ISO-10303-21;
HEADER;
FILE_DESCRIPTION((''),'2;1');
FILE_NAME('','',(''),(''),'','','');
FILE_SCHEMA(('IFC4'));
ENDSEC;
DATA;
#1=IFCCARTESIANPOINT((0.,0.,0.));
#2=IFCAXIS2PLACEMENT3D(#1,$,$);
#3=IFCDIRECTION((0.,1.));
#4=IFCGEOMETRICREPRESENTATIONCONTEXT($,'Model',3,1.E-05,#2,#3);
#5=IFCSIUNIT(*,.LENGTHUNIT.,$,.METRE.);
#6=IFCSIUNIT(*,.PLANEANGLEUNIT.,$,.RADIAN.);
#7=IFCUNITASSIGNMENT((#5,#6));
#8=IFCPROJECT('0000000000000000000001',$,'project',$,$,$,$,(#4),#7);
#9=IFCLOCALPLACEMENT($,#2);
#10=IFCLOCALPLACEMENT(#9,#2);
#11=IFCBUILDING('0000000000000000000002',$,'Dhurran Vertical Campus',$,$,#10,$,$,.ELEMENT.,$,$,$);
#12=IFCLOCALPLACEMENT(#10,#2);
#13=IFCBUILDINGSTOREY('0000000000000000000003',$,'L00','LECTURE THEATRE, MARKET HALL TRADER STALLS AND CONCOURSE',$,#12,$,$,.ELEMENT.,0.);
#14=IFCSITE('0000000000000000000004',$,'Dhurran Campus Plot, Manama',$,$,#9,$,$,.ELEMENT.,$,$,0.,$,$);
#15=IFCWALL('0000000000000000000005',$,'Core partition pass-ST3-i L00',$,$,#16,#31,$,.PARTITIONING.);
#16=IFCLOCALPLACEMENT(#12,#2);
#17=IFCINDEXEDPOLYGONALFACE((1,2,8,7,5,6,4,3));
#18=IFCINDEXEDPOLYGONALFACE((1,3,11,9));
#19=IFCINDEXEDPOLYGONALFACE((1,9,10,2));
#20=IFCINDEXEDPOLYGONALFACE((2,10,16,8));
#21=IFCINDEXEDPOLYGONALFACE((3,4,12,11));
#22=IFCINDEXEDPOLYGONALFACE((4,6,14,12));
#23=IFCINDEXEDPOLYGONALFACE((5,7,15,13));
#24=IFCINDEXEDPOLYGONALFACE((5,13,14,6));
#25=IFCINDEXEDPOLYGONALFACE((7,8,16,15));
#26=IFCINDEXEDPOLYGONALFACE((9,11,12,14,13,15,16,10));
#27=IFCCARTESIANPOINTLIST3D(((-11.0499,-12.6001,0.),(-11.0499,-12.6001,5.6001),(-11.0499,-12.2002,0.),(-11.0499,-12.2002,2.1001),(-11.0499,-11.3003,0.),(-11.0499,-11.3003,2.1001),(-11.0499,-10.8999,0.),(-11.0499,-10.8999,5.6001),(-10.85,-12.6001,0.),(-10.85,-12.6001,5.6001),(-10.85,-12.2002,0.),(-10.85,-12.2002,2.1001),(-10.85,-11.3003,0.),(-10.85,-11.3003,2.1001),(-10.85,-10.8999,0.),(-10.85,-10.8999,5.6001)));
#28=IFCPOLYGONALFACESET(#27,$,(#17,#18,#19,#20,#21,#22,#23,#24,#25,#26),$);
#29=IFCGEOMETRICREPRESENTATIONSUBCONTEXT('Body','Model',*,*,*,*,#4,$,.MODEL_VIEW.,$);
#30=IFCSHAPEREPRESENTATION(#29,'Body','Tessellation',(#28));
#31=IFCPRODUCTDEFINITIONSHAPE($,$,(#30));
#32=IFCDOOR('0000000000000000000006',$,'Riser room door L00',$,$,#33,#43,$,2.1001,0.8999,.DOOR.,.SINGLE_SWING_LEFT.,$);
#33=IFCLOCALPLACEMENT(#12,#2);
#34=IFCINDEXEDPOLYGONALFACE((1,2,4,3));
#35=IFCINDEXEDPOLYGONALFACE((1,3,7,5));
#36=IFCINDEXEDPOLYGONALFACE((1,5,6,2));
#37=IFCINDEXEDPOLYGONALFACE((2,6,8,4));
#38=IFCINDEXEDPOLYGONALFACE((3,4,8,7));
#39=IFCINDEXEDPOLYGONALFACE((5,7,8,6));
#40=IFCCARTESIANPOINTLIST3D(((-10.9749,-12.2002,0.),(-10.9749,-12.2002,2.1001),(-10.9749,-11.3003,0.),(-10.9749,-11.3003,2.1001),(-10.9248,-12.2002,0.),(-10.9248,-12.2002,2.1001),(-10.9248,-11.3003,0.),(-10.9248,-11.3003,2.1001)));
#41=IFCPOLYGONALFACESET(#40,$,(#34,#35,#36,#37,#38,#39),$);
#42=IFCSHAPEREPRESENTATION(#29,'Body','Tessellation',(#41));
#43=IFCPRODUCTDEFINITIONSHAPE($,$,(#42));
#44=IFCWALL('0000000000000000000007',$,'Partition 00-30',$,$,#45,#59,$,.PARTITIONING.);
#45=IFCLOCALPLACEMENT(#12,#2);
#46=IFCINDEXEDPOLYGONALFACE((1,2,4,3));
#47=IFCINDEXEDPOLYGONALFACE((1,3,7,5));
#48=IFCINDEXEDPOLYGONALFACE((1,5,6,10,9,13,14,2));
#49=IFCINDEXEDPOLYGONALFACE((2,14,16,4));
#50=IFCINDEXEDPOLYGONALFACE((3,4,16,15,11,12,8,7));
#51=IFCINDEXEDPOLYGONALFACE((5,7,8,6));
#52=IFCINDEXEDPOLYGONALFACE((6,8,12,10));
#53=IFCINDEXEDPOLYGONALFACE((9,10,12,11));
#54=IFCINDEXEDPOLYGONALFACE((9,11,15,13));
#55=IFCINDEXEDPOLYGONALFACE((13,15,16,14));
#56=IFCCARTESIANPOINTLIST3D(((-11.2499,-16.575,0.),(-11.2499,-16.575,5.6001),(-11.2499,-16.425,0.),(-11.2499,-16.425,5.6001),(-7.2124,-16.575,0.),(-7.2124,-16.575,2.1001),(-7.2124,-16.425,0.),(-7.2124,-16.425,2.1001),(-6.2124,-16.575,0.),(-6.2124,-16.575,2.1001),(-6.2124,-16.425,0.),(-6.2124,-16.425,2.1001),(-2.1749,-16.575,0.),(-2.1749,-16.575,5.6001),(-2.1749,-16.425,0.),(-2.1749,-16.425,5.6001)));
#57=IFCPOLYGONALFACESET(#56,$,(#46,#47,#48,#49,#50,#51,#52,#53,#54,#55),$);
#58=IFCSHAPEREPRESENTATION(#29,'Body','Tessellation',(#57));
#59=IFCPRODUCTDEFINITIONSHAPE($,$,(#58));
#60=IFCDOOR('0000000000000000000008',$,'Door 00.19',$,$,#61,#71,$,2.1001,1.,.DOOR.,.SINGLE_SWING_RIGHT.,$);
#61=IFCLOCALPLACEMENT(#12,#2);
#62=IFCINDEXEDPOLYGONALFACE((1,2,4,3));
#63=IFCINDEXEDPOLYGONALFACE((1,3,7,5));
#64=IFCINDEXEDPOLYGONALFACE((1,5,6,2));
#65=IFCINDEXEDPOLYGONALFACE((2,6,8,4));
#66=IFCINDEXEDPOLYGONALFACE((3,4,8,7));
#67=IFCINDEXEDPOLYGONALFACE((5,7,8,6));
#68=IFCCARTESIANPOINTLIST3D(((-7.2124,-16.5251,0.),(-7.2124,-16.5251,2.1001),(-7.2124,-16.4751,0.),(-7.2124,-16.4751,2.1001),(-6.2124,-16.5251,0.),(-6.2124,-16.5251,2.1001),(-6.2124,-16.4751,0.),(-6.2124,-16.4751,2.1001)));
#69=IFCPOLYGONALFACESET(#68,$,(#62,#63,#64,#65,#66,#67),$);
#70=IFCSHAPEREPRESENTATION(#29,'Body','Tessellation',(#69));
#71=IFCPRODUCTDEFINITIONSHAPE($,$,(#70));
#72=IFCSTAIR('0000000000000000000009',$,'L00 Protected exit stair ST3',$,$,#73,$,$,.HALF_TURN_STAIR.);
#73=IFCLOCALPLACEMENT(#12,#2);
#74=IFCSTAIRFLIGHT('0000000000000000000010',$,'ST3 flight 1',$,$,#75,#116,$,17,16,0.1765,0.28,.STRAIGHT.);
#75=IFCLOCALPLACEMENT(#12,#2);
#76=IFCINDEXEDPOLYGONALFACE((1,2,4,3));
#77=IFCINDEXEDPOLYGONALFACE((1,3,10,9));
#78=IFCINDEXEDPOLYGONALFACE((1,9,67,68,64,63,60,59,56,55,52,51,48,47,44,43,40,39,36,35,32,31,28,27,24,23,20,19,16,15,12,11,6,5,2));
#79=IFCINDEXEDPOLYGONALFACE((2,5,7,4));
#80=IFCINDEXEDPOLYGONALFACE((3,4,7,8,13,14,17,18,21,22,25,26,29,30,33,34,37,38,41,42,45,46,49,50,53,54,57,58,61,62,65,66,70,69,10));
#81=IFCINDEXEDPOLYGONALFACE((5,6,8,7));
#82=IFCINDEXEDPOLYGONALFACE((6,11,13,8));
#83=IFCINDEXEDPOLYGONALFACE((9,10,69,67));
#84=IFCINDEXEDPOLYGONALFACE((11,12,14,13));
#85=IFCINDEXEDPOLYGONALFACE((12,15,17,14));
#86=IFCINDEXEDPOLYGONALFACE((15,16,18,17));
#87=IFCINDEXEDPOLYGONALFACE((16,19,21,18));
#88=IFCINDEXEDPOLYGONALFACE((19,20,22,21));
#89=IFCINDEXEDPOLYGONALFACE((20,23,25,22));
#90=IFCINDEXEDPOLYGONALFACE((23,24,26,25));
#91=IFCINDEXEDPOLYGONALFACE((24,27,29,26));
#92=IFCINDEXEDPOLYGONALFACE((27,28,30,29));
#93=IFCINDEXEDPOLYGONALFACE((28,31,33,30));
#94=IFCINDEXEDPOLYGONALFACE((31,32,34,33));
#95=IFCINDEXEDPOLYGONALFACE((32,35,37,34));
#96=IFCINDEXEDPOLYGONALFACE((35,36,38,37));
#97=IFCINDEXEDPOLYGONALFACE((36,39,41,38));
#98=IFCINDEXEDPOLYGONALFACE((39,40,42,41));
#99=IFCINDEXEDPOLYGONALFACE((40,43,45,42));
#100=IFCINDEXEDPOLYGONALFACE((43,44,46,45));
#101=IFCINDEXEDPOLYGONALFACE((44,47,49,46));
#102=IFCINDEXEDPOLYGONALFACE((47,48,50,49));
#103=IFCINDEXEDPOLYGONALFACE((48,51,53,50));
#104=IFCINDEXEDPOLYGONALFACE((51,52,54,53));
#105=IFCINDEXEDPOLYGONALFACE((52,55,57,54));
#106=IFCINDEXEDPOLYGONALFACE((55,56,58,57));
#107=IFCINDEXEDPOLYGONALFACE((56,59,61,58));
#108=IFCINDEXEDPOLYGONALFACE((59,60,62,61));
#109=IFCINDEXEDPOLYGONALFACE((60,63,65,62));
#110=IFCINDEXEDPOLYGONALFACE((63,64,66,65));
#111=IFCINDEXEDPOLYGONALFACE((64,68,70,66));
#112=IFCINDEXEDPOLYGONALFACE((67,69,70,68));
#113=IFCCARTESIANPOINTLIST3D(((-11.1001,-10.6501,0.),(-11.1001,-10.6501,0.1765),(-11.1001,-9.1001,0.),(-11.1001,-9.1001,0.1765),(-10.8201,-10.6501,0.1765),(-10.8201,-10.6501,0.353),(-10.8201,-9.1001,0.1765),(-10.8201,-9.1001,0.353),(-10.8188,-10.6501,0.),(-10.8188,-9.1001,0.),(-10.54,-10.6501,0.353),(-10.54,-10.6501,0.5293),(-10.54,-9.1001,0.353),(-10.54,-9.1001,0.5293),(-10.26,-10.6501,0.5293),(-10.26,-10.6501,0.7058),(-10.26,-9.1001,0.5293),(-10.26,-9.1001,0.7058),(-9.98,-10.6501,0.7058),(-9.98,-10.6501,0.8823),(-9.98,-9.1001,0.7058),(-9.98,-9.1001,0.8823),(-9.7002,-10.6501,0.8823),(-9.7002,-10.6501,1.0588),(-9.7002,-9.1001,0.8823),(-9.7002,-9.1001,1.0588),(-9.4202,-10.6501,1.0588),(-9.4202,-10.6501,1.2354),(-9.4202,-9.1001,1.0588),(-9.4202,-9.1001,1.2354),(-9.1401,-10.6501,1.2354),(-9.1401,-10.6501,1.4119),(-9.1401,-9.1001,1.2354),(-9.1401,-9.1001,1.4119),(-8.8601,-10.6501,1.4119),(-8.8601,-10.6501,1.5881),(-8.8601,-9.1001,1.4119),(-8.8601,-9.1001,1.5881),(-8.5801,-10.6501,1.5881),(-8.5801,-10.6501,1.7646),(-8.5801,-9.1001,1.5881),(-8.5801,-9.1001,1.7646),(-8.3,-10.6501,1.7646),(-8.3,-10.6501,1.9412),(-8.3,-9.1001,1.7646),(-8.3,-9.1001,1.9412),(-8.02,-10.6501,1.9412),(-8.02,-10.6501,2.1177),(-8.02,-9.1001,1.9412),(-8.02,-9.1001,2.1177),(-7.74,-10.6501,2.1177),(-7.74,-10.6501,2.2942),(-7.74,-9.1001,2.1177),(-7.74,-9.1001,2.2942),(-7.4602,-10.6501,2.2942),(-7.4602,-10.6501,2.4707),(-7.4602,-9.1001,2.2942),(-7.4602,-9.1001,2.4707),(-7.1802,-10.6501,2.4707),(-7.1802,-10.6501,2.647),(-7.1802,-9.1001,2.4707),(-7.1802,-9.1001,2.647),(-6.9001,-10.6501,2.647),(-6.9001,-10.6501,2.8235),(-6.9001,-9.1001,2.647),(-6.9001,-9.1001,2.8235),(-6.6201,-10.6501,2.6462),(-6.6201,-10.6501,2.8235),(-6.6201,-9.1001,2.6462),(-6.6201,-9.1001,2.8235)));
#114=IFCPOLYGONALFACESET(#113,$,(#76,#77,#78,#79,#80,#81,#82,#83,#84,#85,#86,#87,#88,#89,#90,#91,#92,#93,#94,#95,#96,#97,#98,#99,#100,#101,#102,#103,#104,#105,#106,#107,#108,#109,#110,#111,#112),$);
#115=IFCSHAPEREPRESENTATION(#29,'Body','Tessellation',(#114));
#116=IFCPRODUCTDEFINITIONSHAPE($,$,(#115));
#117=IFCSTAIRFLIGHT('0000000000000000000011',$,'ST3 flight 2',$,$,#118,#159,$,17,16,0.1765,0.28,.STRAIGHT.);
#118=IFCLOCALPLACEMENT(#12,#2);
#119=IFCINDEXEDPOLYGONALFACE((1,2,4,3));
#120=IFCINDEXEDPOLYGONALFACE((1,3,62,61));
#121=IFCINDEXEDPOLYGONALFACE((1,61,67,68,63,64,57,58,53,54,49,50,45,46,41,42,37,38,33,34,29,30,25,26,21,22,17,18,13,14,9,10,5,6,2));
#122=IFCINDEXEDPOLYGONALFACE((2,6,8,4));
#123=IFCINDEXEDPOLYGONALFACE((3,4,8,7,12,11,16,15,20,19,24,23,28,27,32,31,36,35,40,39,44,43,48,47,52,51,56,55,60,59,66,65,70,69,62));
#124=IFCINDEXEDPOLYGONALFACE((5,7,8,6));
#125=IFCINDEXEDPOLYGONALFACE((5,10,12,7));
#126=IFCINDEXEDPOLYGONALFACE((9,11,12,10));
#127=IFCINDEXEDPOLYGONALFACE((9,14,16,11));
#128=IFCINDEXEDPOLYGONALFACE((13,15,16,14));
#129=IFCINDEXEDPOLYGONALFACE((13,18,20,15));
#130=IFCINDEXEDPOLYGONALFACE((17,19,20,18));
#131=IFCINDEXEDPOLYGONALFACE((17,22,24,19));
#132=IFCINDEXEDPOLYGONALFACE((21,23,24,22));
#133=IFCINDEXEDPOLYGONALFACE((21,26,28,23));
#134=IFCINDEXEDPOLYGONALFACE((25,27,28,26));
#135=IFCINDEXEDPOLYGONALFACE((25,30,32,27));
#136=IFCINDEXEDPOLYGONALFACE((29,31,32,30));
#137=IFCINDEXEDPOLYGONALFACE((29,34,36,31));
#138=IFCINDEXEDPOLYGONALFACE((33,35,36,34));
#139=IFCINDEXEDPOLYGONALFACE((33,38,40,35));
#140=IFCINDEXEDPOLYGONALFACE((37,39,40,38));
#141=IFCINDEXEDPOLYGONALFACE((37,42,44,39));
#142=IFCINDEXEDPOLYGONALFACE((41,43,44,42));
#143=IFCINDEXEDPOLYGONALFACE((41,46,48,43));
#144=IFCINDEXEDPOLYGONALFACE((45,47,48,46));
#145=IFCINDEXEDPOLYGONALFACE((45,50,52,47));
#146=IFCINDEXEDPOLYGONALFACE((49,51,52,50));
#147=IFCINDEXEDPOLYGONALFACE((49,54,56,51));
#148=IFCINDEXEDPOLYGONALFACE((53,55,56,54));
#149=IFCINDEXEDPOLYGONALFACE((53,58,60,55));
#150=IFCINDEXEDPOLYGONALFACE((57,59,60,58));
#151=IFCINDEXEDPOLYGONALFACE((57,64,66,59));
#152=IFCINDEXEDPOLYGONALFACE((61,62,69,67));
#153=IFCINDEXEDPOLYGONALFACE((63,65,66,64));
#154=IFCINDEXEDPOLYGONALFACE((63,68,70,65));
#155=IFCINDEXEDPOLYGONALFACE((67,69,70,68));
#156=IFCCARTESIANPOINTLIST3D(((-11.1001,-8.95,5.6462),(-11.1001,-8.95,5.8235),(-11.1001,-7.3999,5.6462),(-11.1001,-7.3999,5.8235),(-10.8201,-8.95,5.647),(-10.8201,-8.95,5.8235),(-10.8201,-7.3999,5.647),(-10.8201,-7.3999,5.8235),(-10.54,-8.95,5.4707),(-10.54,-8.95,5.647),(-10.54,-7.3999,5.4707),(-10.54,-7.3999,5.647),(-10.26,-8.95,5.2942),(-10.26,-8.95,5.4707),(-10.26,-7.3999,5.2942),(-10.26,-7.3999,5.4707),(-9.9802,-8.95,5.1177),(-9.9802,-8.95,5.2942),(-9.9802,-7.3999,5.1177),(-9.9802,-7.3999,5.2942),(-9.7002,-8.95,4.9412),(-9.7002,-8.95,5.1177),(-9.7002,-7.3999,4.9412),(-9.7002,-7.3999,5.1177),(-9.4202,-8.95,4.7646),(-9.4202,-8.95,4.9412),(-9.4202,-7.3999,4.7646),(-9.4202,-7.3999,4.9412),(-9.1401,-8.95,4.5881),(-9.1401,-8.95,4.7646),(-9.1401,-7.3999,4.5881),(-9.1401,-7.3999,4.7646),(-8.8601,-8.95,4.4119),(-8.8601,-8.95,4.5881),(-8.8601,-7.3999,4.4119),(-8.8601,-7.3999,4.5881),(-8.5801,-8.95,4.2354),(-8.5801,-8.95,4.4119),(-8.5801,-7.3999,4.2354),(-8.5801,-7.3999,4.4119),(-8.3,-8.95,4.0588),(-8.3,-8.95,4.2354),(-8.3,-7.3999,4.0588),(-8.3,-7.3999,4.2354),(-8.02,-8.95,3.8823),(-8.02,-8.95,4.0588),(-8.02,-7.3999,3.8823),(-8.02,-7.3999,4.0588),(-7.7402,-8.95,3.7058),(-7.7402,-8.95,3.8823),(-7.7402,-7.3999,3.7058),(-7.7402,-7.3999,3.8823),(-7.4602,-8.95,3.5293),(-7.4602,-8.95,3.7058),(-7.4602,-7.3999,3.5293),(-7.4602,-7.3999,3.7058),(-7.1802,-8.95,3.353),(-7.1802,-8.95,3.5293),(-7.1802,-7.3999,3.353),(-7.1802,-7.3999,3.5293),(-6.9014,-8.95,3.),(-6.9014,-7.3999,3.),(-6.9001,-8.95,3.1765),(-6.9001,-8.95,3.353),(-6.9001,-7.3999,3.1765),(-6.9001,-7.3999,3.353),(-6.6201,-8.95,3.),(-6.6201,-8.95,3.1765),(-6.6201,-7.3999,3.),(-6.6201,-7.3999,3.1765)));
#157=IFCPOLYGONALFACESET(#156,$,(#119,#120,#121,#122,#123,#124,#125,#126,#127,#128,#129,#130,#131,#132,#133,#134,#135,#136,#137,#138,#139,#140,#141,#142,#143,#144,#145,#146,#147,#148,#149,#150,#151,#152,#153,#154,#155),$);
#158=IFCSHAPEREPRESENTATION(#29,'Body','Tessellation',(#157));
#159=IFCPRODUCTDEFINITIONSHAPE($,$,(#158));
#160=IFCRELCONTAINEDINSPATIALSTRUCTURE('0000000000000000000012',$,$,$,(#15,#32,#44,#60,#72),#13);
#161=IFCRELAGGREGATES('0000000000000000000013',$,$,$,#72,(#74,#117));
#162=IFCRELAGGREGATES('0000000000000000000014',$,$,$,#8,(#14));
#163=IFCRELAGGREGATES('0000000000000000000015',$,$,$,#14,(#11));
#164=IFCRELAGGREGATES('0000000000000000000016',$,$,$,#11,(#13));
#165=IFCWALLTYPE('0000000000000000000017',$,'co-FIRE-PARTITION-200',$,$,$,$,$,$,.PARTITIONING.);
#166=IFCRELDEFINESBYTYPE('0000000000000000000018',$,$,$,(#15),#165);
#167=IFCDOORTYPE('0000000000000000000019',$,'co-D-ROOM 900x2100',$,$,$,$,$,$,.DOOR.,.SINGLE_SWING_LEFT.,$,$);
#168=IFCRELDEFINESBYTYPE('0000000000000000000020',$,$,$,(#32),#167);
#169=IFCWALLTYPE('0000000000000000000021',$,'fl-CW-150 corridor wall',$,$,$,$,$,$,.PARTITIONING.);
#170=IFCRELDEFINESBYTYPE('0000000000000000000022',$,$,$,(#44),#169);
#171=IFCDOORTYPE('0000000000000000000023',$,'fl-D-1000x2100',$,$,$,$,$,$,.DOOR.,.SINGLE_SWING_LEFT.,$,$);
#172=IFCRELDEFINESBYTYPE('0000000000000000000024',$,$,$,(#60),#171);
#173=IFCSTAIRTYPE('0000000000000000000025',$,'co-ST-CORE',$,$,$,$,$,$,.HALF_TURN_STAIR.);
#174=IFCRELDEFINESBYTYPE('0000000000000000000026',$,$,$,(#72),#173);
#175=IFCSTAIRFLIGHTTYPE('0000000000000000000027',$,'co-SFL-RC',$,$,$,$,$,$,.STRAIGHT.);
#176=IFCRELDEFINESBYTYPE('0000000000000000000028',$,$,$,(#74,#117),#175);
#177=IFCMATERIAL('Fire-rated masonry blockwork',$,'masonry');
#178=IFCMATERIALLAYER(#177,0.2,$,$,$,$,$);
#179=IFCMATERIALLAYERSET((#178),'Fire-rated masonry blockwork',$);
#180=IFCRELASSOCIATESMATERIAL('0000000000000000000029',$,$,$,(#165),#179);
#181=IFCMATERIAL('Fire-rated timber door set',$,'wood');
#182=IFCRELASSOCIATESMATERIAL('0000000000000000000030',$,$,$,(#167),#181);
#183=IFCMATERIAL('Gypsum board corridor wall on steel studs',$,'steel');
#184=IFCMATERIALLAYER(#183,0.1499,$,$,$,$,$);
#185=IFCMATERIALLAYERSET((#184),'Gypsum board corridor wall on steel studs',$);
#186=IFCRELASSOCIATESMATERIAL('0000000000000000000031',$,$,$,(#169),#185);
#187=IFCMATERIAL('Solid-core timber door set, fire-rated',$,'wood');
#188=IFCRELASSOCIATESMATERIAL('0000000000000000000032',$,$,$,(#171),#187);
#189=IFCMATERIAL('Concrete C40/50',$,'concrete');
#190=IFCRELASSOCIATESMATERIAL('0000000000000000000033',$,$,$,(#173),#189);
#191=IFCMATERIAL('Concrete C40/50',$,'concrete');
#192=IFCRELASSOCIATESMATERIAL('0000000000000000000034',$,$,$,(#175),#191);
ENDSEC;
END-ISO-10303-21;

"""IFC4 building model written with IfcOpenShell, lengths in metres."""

from ifc_helpers import new_model, si_unit, direction, frame, frame_2d, origin, place, context, subcontext, project, spatial, polyline, rectangle, outline, extrude, material, layer, layer_set, type_object, element, fill, aggregate, save


model = new_model("IFC4")

# Units and contexts
model_context = context("Model", 3, precision=1e-05, world=origin(), true_north=direction((0.0, 1.0)))
body_context = subcontext(model_context, "Body", "Model", "MODEL_VIEW")
ifc_project = project(units=[si_unit("LENGTHUNIT", "METRE"), si_unit("PLANEANGLEUNIT", "RADIAN")], contexts=[model_context])

# Site, building, storey
site_placement = place(None, origin())
site = spatial("IfcSite", under=ifc_project, at=site_placement, Name="Dhurran Campus Plot, Manama", CompositionType="ELEMENT", RefElevation=0.0)
building_placement = place(site_placement, origin())
building = spatial("IfcBuilding", under=site, at=building_placement, Name="Dhurran Vertical Campus", CompositionType="ELEMENT")
storey_placement = place(building_placement, origin())
storey = spatial("IfcBuildingStorey", under=building, at=storey_placement, Name="L00", Description="LECTURE THEATRE, MARKET HALL TRADER STALLS AND CONCOURSE", CompositionType="ELEMENT", Elevation=0.0)

# Walls, openings, doors
ifc_material_1 = material(Name="Fire-rated masonry blockwork", Category="masonry")
ifc_layer_1 = layer(ifc_material_1, 0.2)
ifc_layer_set_1 = layer_set([ifc_layer_1], Name="Fire-rated masonry blockwork")
wall_type_1 = type_object("IfcWallType", Name="co-FIRE-PARTITION-200", PredefinedType="PARTITIONING", material=ifc_layer_set_1)
wall_1_placement = place(storey_placement, frame((-10.95, -12.6001, 0.0), z_axis=(0.0, 0.0, 1.0), x_axis=(0.0, 1.0, 0.0)))
wall_1 = element("IfcWall", 1, at=wall_1_placement, inside=storey, type_object=wall_type_1, Name="Core partition pass-ST3-i L00", PredefinedType="PARTITIONING", context=body_context, shape_type="SweptSolid", body=[
    extrude(rectangle(XDim=1.7002, YDim=0.2, at=frame_2d((0.8501, 0.0))), origin(), (0.0, 0.0, 1.0), 5.6001),
])
opening_1_placement = place(wall_1_placement, frame((0.3999, 0.0, 0.0)))
opening_1 = element("IfcOpeningElement", 2, at=opening_1_placement, cuts=wall_1, PredefinedType="OPENING", context=body_context, shape_type="SweptSolid", body=[
    extrude(rectangle(XDim=0.8999, YDim=2.1001, at=frame_2d((0.45, 1.05))), frame((0.0, 0.1099, 0.0), z_axis=(0.0, -1.0, 0.0), x_axis=(1.0, 0.0, 0.0)), (0.0, 0.0, 1.0), 0.22),
])
ifc_material_2 = material(Name="Fire-rated timber door set", Category="wood")
door_type_1 = type_object("IfcDoorType", Name="co-D-ROOM 900x2100", OperationType="SINGLE_SWING_LEFT", PredefinedType="DOOR", material=ifc_material_2)
door_1_placement = place(opening_1_placement, origin())
door_1 = element("IfcDoor", 3, at=door_1_placement, inside=storey, type_object=door_type_1, Name="Riser room door L00", OperationType="SINGLE_SWING_LEFT", OverallHeight=2.1001, OverallWidth=0.8999, PredefinedType="DOOR", context=body_context, shape_type="SweptSolid", body=[
    extrude(rectangle(XDim=0.8999, YDim=2.1001, at=frame_2d((0.45, 1.05))), frame((0.0, 0.0249, 0.0), z_axis=(0.0, -1.0, 0.0), x_axis=(1.0, 0.0, 0.0)), (0.0, 0.0, 1.0), 0.05),
])
fill(opening_1, door_1)
ifc_material_3 = material(Name="Gypsum board corridor wall on steel studs", Category="steel")
ifc_layer_2 = layer(ifc_material_3, 0.1499)
ifc_layer_set_2 = layer_set([ifc_layer_2], Name="Gypsum board corridor wall on steel studs")
wall_type_2 = type_object("IfcWallType", Name="fl-CW-150 corridor wall", PredefinedType="PARTITIONING", material=ifc_layer_set_2)
wall_2_placement = place(storey_placement, frame((-11.25, -16.5, 0.0), z_axis=(0.0, 0.0, 1.0), x_axis=(1.0, 0.0, 0.0)))
wall_2 = element("IfcWall", 4, at=wall_2_placement, inside=storey, type_object=wall_type_2, Name="Partition 00-30", PredefinedType="PARTITIONING", context=body_context, shape_type="SweptSolid", body=[
    extrude(rectangle(XDim=9.075, YDim=0.1499, at=frame_2d((4.5376, 0.0))), origin(), (0.0, 0.0, 1.0), 5.6001),
])
opening_2_placement = place(wall_2_placement, frame((4.0376, 0.0, 0.0)))
opening_2 = element("IfcOpeningElement", 5, at=opening_2_placement, cuts=wall_2, PredefinedType="OPENING", context=body_context, shape_type="SweptSolid", body=[
    extrude(rectangle(XDim=1.0, YDim=2.1001, at=frame_2d((0.5, 1.05))), frame((0.0, 0.085, 0.0), z_axis=(0.0, -1.0, 0.0), x_axis=(1.0, 0.0, 0.0)), (0.0, 0.0, 1.0), 0.1699),
])
ifc_material_4 = material(Name="Solid-core timber door set, fire-rated", Category="wood")
door_type_2 = type_object("IfcDoorType", Name="fl-D-1000x2100", OperationType="SINGLE_SWING_LEFT", PredefinedType="DOOR", material=ifc_material_4)
door_2_placement = place(opening_2_placement, origin())
door_2 = element("IfcDoor", 6, at=door_2_placement, inside=storey, type_object=door_type_2, Name="Door 00.19", OperationType="SINGLE_SWING_RIGHT", OverallHeight=2.1001, OverallWidth=1.0, PredefinedType="DOOR", context=body_context, shape_type="SweptSolid", body=[
    extrude(rectangle(XDim=1.0, YDim=2.1001, at=frame_2d((0.5, 1.05))), frame((0.0, 0.0249, 0.0), z_axis=(0.0, -1.0, 0.0), x_axis=(1.0, 0.0, 0.0)), (0.0, 0.0, 1.0), 0.05),
])
fill(opening_2, door_2)

# Stair, stair flights
ifc_material_5 = material(Name="Concrete C40/50", Category="concrete")
stair_type = type_object("IfcStairType", Name="co-ST-CORE", PredefinedType="HALF_TURN_STAIR", material=ifc_material_5)
stair_placement = place(storey_placement, origin())
stair = element("IfcStair", 7, at=stair_placement, inside=storey, type_object=stair_type, Name="L00 Protected exit stair ST3", PredefinedType="HALF_TURN_STAIR")
ifc_material_6 = material(Name="Concrete C40/50", Category="concrete")
stair_flight_type = type_object("IfcStairFlightType", Name="co-SFL-RC", PredefinedType="STRAIGHT", material=ifc_material_6)
stair_flight_1_placement = place(storey_placement, frame((-11.1001, -9.875, 0.0), z_axis=(0.0, 0.0, 1.0), x_axis=(1.0, 0.0, 0.0)))
stair_flight_1 = element("IfcStairFlight", 8, at=stair_flight_1_placement, type_object=stair_flight_type, Name="ST3 flight 1", NumberOfRisers=17, NumberOfTreads=16, PredefinedType="STRAIGHT", RiserHeight=0.1765, TreadLength=0.28, context=body_context, shape_type="SweptSolid", body=[
    extrude(outline(polyline([(0.0, 0.0), (0.0, 0.1765), (0.28, 0.1765), (0.28, 0.353), (0.5601, 0.353), (0.5601, 0.5293), (0.8401, 0.5293), (0.8401, 0.7058), (1.1201, 0.7058), (1.1201, 0.8823), (1.3999, 0.8823), (1.3999, 1.0588), (1.6799, 1.0588), (1.6799, 1.2354), (1.96, 1.2354), (1.96, 1.4119), (2.24, 1.4119), (2.24, 1.5881), (2.52, 1.5881), (2.52, 1.7646), (2.8, 1.7646), (2.8, 1.9412), (3.0801, 1.9412), (3.0801, 2.1177), (3.3601, 2.1177), (3.3601, 2.2942), (3.6399, 2.2942), (3.6399, 2.4707), (3.9199, 2.4707), (3.9199, 2.647), (4.2, 2.647), (4.2, 2.8235), (4.48, 2.8235), (4.48, 3.0), (4.48, 2.6462), (0.2812, 0.0), (0.0, 0.0)])), frame((0.0, 0.7749, 0.0), z_axis=(0.0, -1.0, 0.0), x_axis=(1.0, 0.0, 0.0)), (0.0, 0.0, 1.0), 1.55),
])
stair_flight_2_placement = place(storey_placement, frame((-6.6201, -8.175, 3.0), z_axis=(0.0, 0.0, 1.0), x_axis=(-1.0, 0.0, 0.0)))
stair_flight_2 = element("IfcStairFlight", 9, at=stair_flight_2_placement, type_object=stair_flight_type, Name="ST3 flight 2", NumberOfRisers=17, NumberOfTreads=16, PredefinedType="STRAIGHT", RiserHeight=0.1765, TreadLength=0.28, context=body_context, shape_type="SweptSolid", body=[
    extrude(outline(polyline([(0.0, 0.0), (0.0, 0.1765), (0.28, 0.1765), (0.28, 0.353), (0.5601, 0.353), (0.5601, 0.5293), (0.8401, 0.5293), (0.8401, 0.7058), (1.1201, 0.7058), (1.1201, 0.8823), (1.3999, 0.8823), (1.3999, 1.0588), (1.6799, 1.0588), (1.6799, 1.2354), (1.96, 1.2354), (1.96, 1.4119), (2.24, 1.4119), (2.24, 1.5881), (2.52, 1.5881), (2.52, 1.7646), (2.8, 1.7646), (2.8, 1.9412), (3.0801, 1.9412), (3.0801, 2.1177), (3.3601, 2.1177), (3.3601, 2.2942), (3.6399, 2.2942), (3.6399, 2.4707), (3.9199, 2.4707), (3.9199, 2.647), (4.2, 2.647), (4.2, 2.8235), (4.48, 2.8235), (4.48, 3.0), (4.48, 2.6462), (0.2812, 0.0), (0.0, 0.0)])), frame((0.0, 0.7749, 0.0), z_axis=(0.0, -1.0, 0.0), x_axis=(1.0, 0.0, 0.0)), (0.0, 0.0, 1.0), 1.55),
])
aggregate(stair, [stair_flight_1, stair_flight_2])

save(model, "model.ifc")
